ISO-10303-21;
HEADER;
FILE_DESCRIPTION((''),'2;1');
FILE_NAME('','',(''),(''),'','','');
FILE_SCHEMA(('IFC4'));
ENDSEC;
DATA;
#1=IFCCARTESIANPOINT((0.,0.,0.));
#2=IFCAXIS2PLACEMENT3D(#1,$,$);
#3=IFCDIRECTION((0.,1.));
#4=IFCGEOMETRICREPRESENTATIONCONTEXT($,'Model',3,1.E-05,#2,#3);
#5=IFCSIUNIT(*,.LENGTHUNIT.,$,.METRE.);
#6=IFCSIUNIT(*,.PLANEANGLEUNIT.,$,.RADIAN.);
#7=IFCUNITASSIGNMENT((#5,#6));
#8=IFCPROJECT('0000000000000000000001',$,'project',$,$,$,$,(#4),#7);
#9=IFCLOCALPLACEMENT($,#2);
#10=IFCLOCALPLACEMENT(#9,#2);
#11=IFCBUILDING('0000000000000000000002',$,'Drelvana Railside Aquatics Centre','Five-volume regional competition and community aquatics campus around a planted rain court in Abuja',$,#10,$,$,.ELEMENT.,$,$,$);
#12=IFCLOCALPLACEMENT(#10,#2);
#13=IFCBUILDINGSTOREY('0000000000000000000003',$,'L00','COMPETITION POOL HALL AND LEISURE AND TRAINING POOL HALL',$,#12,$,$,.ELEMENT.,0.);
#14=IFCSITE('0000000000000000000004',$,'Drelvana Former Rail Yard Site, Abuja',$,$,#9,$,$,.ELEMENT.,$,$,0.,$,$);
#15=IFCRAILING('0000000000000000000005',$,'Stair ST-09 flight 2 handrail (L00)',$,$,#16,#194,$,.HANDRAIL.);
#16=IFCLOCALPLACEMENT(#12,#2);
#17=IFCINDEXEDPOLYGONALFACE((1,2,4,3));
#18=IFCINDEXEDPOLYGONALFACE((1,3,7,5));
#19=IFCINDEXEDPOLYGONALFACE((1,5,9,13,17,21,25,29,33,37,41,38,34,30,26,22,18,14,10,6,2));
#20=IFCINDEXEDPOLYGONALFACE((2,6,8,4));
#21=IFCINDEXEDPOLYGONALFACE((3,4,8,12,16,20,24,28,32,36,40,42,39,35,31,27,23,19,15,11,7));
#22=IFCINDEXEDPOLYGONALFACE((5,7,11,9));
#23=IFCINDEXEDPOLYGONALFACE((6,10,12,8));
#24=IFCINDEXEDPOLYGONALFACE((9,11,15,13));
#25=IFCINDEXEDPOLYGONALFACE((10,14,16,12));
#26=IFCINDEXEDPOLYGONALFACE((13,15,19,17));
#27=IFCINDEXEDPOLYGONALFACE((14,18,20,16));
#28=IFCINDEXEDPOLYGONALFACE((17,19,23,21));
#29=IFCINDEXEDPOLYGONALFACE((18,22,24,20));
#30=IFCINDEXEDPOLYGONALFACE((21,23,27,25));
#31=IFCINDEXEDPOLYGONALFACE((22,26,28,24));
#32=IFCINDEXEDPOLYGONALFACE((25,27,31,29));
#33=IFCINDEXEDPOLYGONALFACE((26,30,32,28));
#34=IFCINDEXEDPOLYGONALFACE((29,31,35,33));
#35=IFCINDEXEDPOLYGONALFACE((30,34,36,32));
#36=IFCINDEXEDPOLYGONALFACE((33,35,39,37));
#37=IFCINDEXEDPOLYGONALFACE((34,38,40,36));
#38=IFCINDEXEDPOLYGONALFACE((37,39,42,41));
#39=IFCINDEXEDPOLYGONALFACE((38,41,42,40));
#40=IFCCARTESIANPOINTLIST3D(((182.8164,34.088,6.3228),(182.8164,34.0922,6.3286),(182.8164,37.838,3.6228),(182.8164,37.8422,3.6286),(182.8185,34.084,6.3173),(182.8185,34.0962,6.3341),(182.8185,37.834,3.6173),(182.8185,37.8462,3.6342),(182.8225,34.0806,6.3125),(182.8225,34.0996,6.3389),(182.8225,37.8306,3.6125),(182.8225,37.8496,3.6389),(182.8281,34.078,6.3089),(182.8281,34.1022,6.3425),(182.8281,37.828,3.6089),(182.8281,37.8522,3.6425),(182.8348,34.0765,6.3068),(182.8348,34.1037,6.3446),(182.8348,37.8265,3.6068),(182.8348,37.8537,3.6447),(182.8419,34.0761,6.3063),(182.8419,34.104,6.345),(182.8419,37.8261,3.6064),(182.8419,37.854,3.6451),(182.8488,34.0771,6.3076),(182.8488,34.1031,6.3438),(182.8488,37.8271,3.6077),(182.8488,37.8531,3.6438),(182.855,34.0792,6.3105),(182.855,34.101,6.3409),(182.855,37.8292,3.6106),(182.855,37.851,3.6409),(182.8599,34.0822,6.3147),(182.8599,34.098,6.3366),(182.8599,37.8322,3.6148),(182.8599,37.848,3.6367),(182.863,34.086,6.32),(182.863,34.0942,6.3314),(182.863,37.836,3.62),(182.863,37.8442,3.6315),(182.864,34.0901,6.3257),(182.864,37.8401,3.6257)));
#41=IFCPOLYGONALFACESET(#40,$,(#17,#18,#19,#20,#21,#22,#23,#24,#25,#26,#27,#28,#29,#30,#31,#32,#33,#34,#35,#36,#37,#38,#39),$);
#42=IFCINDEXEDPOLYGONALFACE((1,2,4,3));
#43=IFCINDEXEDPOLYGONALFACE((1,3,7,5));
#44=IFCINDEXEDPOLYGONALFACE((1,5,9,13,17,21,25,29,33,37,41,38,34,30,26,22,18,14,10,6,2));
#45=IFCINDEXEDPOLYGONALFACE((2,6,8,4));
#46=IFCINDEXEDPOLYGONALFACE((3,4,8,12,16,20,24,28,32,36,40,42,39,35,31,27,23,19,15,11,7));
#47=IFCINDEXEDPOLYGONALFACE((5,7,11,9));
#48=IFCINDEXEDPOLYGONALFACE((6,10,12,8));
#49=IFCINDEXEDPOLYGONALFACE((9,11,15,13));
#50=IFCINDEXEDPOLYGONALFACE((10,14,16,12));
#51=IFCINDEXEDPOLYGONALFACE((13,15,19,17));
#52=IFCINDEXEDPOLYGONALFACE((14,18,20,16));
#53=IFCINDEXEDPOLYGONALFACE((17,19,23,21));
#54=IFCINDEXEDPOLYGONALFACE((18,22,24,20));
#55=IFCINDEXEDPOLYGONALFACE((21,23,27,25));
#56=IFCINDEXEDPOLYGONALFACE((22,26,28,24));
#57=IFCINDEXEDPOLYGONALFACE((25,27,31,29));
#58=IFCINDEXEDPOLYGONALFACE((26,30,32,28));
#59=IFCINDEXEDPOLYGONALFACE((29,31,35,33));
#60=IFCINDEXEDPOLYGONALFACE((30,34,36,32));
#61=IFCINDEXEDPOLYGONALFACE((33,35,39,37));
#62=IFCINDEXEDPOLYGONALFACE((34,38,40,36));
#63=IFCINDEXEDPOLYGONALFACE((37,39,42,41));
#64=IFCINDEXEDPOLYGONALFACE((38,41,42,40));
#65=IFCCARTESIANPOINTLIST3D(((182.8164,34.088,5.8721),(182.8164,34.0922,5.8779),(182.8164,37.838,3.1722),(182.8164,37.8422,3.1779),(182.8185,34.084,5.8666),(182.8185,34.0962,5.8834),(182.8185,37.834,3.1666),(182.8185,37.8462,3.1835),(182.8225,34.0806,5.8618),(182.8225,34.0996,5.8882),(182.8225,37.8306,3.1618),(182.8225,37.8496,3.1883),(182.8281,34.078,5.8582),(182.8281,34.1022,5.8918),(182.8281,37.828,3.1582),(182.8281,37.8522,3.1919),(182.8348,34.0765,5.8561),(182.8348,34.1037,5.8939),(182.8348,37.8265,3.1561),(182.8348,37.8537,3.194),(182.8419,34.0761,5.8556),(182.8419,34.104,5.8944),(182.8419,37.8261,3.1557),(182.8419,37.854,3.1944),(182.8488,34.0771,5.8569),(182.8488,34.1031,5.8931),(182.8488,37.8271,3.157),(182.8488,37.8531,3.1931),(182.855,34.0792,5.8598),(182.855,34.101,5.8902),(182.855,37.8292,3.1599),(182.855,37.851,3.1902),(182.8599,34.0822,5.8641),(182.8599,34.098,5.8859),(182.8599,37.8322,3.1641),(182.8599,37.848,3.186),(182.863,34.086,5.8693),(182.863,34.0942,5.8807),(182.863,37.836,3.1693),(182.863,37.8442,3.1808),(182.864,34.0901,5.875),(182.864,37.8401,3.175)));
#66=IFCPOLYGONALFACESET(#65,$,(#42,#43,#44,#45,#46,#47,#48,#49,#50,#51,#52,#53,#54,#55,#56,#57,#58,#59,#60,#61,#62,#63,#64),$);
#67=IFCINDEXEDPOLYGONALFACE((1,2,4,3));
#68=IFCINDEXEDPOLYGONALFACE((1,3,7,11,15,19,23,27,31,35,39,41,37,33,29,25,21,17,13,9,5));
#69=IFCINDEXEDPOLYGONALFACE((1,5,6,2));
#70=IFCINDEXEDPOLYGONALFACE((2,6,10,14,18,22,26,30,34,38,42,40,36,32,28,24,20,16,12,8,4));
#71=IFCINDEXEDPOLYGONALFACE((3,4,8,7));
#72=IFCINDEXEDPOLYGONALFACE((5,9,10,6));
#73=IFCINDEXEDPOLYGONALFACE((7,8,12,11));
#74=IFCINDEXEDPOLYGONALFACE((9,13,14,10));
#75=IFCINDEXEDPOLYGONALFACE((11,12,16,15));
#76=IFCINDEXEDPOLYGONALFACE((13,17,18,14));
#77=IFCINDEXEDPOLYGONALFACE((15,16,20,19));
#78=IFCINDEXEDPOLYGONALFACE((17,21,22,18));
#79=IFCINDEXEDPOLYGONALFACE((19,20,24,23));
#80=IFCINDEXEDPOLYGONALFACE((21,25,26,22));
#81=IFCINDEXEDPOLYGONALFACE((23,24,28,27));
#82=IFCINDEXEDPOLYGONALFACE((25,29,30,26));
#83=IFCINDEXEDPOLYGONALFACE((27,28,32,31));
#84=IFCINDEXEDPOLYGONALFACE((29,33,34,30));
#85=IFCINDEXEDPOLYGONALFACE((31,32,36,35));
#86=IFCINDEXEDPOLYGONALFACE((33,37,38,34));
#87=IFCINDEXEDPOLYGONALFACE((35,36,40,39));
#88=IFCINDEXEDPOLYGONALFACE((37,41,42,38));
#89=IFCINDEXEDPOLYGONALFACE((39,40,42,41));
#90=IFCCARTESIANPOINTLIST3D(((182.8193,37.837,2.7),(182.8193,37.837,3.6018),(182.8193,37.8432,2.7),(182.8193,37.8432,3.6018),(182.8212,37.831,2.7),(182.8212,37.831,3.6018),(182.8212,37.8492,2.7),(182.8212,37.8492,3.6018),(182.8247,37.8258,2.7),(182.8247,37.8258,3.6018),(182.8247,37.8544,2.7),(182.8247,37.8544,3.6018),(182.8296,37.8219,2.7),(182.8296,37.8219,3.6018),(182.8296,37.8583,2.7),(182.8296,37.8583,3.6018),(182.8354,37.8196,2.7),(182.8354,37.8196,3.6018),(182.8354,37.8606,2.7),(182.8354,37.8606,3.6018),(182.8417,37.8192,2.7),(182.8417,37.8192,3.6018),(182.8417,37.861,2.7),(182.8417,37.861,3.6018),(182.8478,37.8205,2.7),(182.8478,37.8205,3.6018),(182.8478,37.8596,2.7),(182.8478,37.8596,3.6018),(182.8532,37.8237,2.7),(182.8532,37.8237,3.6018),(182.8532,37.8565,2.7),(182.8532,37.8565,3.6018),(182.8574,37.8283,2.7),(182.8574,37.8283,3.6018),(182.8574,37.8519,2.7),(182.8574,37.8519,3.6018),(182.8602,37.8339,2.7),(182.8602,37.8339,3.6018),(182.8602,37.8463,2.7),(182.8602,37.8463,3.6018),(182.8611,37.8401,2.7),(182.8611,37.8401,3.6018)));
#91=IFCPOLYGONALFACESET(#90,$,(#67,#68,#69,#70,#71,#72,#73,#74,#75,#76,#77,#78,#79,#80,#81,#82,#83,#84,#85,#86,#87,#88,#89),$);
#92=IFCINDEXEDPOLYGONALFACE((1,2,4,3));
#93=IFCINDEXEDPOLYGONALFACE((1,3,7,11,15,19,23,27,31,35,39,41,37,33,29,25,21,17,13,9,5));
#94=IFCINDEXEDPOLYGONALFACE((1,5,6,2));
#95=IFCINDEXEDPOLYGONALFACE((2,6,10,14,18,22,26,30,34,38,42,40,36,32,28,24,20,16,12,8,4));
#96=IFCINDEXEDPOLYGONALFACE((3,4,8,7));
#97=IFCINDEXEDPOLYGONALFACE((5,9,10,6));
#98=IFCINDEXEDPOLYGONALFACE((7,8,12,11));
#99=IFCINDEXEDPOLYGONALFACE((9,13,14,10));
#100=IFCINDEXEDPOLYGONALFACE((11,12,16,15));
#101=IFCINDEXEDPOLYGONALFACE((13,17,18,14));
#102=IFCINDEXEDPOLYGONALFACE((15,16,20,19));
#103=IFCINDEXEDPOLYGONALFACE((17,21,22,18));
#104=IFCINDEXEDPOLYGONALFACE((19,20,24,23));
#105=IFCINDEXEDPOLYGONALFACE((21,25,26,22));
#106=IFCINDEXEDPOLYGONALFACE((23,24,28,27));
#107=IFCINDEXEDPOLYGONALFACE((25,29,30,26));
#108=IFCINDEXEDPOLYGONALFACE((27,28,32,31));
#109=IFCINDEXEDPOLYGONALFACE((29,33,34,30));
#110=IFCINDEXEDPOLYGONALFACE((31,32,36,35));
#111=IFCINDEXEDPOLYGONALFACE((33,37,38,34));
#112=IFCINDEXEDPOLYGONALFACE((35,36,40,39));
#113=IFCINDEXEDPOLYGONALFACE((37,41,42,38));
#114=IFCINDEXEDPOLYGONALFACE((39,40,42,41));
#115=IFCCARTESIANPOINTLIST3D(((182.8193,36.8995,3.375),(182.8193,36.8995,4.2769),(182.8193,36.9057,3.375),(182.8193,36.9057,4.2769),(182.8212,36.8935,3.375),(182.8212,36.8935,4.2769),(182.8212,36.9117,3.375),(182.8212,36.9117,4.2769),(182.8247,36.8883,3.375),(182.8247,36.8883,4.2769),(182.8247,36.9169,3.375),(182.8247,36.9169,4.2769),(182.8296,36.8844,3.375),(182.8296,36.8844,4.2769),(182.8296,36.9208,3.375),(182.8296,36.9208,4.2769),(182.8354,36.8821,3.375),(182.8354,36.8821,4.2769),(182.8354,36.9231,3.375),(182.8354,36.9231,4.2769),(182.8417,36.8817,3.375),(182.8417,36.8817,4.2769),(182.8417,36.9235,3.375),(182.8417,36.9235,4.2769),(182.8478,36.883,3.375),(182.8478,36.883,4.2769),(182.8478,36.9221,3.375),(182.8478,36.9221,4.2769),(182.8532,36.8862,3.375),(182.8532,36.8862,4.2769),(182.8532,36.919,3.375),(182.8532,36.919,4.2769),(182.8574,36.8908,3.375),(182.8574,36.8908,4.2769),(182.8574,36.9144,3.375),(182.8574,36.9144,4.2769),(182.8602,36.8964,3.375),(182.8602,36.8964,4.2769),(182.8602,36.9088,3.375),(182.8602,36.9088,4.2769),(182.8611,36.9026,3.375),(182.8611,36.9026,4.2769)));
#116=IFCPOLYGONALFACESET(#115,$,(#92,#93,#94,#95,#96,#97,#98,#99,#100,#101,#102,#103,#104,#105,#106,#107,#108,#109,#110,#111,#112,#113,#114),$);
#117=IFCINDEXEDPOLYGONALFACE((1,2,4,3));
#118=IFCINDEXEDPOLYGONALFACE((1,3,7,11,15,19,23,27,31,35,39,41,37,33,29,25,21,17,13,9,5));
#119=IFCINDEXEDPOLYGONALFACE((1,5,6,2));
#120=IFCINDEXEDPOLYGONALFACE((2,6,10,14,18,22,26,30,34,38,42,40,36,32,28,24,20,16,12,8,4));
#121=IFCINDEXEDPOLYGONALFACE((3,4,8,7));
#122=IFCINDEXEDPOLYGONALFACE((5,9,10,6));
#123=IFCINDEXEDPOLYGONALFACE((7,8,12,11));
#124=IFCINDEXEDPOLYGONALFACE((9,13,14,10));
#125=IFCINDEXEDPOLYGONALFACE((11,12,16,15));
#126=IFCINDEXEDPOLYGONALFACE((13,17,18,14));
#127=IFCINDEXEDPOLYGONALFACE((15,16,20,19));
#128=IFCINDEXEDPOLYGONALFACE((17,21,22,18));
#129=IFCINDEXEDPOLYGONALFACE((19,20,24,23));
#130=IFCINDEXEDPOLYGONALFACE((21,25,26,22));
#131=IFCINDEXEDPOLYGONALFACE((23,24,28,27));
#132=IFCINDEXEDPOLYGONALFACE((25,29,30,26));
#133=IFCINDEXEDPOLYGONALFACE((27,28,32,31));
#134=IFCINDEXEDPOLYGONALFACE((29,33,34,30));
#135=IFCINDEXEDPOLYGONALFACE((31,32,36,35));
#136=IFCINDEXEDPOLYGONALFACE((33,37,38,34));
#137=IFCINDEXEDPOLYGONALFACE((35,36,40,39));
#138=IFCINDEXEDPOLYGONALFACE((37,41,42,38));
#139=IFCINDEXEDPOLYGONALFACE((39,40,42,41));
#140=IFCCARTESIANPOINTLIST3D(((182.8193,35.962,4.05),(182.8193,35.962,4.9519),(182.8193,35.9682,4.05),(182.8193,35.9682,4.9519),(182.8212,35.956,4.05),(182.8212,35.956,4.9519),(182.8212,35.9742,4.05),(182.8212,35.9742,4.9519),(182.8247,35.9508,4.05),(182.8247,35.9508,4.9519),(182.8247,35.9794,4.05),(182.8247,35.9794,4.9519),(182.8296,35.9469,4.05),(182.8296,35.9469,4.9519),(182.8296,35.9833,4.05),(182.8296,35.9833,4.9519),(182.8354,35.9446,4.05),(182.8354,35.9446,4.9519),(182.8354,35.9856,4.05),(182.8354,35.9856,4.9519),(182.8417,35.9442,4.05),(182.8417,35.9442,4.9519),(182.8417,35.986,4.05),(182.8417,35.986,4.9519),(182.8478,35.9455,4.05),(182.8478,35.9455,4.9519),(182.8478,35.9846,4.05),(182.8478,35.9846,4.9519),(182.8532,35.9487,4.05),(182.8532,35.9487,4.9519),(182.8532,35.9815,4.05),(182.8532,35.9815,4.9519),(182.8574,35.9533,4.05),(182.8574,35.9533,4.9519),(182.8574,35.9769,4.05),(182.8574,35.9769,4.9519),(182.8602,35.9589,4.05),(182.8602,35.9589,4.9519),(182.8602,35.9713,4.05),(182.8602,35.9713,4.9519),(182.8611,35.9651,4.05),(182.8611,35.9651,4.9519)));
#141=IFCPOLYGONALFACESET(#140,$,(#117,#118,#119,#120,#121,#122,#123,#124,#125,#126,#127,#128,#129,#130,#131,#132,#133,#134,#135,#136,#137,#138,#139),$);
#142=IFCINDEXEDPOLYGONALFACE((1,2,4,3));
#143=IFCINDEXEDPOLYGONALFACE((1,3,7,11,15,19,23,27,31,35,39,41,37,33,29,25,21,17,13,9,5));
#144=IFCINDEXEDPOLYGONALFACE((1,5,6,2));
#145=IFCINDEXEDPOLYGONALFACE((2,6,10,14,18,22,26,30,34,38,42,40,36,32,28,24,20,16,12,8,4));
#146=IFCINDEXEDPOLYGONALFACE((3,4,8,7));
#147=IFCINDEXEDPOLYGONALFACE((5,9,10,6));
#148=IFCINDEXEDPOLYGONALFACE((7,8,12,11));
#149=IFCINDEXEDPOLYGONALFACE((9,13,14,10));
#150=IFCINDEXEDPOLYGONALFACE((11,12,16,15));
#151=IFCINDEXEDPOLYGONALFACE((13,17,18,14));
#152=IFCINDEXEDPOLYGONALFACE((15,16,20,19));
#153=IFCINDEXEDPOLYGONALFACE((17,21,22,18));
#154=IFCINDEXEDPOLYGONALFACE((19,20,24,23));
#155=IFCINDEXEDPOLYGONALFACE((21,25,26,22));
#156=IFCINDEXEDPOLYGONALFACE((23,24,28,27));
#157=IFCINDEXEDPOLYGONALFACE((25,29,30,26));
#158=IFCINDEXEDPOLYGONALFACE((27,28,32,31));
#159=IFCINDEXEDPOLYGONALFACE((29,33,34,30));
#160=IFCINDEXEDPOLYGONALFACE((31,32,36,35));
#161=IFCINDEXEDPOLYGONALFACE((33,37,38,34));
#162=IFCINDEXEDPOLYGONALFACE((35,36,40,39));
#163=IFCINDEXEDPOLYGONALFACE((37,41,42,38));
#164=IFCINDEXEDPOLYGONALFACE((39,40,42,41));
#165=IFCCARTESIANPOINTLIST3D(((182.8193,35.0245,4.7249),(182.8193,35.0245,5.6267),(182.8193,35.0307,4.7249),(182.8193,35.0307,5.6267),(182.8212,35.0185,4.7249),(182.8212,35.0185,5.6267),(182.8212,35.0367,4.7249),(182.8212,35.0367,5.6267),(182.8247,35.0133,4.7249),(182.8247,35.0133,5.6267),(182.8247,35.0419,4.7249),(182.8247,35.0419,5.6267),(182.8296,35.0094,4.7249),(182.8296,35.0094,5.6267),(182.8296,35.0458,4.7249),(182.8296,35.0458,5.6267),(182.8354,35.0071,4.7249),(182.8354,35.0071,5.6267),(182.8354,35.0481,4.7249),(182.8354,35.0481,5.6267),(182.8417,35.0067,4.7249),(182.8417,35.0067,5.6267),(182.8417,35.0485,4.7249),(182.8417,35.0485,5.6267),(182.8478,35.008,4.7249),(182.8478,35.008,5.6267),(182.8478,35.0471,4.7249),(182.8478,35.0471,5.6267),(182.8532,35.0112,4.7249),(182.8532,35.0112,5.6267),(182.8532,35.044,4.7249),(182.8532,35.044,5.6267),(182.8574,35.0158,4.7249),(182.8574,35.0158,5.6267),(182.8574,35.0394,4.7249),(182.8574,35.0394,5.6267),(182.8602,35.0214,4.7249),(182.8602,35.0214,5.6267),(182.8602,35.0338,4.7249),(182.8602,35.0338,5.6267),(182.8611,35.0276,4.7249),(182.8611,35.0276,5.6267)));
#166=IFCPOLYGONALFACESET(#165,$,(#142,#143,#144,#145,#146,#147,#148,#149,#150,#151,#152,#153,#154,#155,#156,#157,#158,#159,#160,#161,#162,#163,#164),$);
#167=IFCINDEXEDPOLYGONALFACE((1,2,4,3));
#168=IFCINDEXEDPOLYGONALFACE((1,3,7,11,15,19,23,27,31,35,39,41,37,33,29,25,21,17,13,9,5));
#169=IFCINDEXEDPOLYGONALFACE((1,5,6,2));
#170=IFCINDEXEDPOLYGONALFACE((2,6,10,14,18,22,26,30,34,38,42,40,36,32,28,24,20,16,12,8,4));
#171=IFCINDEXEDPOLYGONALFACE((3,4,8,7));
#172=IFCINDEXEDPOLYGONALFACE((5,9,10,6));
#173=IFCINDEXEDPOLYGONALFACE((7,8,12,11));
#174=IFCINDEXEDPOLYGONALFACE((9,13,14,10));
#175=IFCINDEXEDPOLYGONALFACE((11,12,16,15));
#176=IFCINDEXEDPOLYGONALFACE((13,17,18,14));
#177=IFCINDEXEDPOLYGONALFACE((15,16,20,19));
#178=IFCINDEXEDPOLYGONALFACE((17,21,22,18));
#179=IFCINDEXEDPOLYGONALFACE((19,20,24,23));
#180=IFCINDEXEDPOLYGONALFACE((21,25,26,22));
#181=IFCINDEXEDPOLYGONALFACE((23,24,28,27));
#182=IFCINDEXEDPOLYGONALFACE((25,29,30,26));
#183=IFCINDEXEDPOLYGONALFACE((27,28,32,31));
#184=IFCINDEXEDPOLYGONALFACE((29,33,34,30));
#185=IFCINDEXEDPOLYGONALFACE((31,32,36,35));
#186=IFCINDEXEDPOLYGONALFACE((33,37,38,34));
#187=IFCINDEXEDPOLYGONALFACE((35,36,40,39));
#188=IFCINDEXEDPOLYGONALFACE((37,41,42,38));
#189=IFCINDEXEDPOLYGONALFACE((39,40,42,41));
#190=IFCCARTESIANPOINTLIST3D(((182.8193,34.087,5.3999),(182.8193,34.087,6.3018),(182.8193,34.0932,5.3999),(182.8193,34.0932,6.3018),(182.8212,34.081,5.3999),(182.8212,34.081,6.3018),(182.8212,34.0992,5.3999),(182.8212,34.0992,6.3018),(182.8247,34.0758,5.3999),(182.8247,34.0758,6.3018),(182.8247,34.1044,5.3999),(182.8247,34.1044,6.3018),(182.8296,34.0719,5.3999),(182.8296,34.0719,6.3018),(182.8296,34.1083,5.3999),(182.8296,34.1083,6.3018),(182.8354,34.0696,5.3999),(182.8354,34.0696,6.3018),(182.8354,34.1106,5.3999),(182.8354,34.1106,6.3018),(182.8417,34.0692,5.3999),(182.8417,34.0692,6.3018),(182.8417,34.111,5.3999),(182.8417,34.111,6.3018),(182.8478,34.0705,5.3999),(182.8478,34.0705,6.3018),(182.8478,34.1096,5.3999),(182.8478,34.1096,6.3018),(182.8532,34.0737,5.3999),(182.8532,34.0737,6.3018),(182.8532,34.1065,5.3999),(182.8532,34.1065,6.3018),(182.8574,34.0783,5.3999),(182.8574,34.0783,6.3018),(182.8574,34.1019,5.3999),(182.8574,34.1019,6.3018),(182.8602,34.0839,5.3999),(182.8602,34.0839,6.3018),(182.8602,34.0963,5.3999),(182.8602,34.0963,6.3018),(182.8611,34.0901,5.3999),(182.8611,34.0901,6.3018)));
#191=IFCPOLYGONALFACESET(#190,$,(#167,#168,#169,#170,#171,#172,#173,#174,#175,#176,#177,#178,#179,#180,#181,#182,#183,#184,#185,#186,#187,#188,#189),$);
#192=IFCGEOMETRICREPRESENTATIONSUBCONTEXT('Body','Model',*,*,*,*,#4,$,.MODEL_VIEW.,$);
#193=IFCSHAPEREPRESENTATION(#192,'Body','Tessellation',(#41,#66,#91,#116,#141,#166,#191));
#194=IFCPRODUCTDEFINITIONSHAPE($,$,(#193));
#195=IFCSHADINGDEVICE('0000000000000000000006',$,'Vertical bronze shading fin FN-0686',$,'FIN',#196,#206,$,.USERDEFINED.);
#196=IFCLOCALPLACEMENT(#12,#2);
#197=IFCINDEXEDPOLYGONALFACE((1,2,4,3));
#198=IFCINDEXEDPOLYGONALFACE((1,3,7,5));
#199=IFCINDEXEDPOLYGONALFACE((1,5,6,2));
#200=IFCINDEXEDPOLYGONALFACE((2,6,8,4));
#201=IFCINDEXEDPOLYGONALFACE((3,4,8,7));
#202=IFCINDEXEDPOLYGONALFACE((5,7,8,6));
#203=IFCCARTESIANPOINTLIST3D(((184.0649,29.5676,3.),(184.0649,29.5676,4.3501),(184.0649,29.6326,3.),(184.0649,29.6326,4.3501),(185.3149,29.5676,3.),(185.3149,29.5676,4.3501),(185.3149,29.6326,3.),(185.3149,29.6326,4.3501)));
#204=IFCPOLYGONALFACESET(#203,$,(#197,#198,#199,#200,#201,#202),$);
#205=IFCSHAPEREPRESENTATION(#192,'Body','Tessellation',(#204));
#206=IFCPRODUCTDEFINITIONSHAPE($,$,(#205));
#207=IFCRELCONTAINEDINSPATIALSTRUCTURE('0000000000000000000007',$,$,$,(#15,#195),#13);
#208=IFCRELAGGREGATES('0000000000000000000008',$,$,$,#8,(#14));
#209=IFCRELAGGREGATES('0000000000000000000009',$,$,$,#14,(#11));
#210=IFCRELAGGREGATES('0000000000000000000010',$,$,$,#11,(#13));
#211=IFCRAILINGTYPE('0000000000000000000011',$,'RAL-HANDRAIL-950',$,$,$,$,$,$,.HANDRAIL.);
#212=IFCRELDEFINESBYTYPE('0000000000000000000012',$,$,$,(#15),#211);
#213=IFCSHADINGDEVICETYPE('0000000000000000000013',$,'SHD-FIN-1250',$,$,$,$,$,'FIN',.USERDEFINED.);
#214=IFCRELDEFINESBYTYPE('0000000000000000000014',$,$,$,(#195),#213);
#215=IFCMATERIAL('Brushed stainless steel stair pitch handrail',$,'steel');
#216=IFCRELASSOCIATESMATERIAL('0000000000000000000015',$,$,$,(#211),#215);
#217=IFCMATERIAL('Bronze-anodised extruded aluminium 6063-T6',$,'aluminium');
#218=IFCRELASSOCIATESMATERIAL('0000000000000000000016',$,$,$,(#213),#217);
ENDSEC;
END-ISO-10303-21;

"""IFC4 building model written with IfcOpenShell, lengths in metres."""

from ifc_helpers import new_model, si_unit, direction, frame, origin, origin_2d, place, context, subcontext, project, spatial, rectangle, circle, extrude, material, type_object, element, save


model = new_model("IFC4")

# Units and contexts
model_context = context("Model", 3, precision=1e-05, world=origin(), true_north=direction((0.0, 1.0)))
body_context = subcontext(model_context, "Body", "Model", "MODEL_VIEW")
ifc_project = project(units=[si_unit("LENGTHUNIT", "METRE"), si_unit("PLANEANGLEUNIT", "RADIAN")], contexts=[model_context])

# Site, building, storey
site_placement = place(None, origin())
site = spatial("IfcSite", under=ifc_project, at=site_placement, Name="Drelvana Former Rail Yard Site, Abuja", CompositionType="ELEMENT", RefElevation=0.0)
building_placement = place(site_placement, origin())
building = spatial("IfcBuilding", under=site, at=building_placement, Name="Drelvana Railside Aquatics Centre", Description="Five-volume regional competition and community aquatics campus around a planted rain court in Abuja", CompositionType="ELEMENT")
storey_placement = place(building_placement, origin())
storey = spatial("IfcBuildingStorey", under=building, at=storey_placement, Name="L00", Description="COMPETITION POOL HALL AND LEISURE AND TRAINING POOL HALL", CompositionType="ELEMENT", Elevation=0.0)

# Shared definitions
ifc_material_1 = material(Name="Bronze-anodised extruded aluminium 6063-T6", Category="aluminium")

# Railing
ifc_material_2 = material(Name="Brushed stainless steel stair pitch handrail", Category="steel")
railing_type = type_object("IfcRailingType", Name="RAL-HANDRAIL-950", PredefinedType="HANDRAIL", material=ifc_material_2)
railing_1_placement = place(storey_placement, frame((182.8401, 37.8401, 2.7)))
element("IfcRailing", 1, at=railing_1_placement, inside=storey, type_object=railing_type, Name="Stair ST-09 flight 2 handrail (L00)", PredefinedType="HANDRAIL", context=body_context, shape_type="SweptSolid", body=[
    extrude(circle(Radius=0.0239, at=origin_2d()), frame((0.0, 0.0, 0.9258), z_axis=(0.0, -0.811539, 0.584298), x_axis=(1.0, 0.0, 0.0)), (0.0, 0.0, 1.0), 4.6208),
    extrude(circle(Radius=0.0239, at=origin_2d()), frame((0.0, 0.0, 0.4751), z_axis=(0.0, -0.811539, 0.584298), x_axis=(1.0, 0.0, 0.0)), (0.0, 0.0, 1.0), 4.6208),
    extrude(circle(Radius=0.021, at=origin_2d()), origin(), (0.0, 0.0, 1.0), 0.9019),
    extrude(circle(Radius=0.021, at=origin_2d()), frame((0.0, -0.9375, 0.675)), (0.0, 0.0, 1.0), 0.9019),
    extrude(circle(Radius=0.021, at=origin_2d()), frame((0.0, -1.875, 1.3501)), (0.0, 0.0, 1.0), 0.9019),
    extrude(circle(Radius=0.021, at=origin_2d()), frame((0.0, -2.8125, 2.0249)), (0.0, 0.0, 1.0), 0.9019),
    extrude(circle(Radius=0.021, at=origin_2d()), frame((0.0, -3.75, 2.7)), (0.0, 0.0, 1.0), 0.9019),
])

# Shading device
shading_device_type = type_object("IfcShadingDeviceType", Name="SHD-FIN-1250", ElementType="FIN", PredefinedType="USERDEFINED", material=ifc_material_1)
for number, where, z_axis, x_axis, name in (
    (2, (184.6899, 29.6001, 3.0), (0.0, 0.0, 1.0), (1.0, 0.0, 0.0), "Vertical bronze shading fin FN-0686"),
):
    element("IfcShadingDevice", number, at=place(storey_placement, frame(where, z_axis=z_axis, x_axis=x_axis)), inside=storey, type_object=shading_device_type, Name=name, ObjectType="FIN", PredefinedType="USERDEFINED", context=body_context, shape_type="SweptSolid", body=[
        extrude(rectangle(XDim=1.25, YDim=0.0649, at=origin_2d()), origin(), (0.0, 0.0, 1.0), 1.3501),
    ])

save(model, "model.ifc")
